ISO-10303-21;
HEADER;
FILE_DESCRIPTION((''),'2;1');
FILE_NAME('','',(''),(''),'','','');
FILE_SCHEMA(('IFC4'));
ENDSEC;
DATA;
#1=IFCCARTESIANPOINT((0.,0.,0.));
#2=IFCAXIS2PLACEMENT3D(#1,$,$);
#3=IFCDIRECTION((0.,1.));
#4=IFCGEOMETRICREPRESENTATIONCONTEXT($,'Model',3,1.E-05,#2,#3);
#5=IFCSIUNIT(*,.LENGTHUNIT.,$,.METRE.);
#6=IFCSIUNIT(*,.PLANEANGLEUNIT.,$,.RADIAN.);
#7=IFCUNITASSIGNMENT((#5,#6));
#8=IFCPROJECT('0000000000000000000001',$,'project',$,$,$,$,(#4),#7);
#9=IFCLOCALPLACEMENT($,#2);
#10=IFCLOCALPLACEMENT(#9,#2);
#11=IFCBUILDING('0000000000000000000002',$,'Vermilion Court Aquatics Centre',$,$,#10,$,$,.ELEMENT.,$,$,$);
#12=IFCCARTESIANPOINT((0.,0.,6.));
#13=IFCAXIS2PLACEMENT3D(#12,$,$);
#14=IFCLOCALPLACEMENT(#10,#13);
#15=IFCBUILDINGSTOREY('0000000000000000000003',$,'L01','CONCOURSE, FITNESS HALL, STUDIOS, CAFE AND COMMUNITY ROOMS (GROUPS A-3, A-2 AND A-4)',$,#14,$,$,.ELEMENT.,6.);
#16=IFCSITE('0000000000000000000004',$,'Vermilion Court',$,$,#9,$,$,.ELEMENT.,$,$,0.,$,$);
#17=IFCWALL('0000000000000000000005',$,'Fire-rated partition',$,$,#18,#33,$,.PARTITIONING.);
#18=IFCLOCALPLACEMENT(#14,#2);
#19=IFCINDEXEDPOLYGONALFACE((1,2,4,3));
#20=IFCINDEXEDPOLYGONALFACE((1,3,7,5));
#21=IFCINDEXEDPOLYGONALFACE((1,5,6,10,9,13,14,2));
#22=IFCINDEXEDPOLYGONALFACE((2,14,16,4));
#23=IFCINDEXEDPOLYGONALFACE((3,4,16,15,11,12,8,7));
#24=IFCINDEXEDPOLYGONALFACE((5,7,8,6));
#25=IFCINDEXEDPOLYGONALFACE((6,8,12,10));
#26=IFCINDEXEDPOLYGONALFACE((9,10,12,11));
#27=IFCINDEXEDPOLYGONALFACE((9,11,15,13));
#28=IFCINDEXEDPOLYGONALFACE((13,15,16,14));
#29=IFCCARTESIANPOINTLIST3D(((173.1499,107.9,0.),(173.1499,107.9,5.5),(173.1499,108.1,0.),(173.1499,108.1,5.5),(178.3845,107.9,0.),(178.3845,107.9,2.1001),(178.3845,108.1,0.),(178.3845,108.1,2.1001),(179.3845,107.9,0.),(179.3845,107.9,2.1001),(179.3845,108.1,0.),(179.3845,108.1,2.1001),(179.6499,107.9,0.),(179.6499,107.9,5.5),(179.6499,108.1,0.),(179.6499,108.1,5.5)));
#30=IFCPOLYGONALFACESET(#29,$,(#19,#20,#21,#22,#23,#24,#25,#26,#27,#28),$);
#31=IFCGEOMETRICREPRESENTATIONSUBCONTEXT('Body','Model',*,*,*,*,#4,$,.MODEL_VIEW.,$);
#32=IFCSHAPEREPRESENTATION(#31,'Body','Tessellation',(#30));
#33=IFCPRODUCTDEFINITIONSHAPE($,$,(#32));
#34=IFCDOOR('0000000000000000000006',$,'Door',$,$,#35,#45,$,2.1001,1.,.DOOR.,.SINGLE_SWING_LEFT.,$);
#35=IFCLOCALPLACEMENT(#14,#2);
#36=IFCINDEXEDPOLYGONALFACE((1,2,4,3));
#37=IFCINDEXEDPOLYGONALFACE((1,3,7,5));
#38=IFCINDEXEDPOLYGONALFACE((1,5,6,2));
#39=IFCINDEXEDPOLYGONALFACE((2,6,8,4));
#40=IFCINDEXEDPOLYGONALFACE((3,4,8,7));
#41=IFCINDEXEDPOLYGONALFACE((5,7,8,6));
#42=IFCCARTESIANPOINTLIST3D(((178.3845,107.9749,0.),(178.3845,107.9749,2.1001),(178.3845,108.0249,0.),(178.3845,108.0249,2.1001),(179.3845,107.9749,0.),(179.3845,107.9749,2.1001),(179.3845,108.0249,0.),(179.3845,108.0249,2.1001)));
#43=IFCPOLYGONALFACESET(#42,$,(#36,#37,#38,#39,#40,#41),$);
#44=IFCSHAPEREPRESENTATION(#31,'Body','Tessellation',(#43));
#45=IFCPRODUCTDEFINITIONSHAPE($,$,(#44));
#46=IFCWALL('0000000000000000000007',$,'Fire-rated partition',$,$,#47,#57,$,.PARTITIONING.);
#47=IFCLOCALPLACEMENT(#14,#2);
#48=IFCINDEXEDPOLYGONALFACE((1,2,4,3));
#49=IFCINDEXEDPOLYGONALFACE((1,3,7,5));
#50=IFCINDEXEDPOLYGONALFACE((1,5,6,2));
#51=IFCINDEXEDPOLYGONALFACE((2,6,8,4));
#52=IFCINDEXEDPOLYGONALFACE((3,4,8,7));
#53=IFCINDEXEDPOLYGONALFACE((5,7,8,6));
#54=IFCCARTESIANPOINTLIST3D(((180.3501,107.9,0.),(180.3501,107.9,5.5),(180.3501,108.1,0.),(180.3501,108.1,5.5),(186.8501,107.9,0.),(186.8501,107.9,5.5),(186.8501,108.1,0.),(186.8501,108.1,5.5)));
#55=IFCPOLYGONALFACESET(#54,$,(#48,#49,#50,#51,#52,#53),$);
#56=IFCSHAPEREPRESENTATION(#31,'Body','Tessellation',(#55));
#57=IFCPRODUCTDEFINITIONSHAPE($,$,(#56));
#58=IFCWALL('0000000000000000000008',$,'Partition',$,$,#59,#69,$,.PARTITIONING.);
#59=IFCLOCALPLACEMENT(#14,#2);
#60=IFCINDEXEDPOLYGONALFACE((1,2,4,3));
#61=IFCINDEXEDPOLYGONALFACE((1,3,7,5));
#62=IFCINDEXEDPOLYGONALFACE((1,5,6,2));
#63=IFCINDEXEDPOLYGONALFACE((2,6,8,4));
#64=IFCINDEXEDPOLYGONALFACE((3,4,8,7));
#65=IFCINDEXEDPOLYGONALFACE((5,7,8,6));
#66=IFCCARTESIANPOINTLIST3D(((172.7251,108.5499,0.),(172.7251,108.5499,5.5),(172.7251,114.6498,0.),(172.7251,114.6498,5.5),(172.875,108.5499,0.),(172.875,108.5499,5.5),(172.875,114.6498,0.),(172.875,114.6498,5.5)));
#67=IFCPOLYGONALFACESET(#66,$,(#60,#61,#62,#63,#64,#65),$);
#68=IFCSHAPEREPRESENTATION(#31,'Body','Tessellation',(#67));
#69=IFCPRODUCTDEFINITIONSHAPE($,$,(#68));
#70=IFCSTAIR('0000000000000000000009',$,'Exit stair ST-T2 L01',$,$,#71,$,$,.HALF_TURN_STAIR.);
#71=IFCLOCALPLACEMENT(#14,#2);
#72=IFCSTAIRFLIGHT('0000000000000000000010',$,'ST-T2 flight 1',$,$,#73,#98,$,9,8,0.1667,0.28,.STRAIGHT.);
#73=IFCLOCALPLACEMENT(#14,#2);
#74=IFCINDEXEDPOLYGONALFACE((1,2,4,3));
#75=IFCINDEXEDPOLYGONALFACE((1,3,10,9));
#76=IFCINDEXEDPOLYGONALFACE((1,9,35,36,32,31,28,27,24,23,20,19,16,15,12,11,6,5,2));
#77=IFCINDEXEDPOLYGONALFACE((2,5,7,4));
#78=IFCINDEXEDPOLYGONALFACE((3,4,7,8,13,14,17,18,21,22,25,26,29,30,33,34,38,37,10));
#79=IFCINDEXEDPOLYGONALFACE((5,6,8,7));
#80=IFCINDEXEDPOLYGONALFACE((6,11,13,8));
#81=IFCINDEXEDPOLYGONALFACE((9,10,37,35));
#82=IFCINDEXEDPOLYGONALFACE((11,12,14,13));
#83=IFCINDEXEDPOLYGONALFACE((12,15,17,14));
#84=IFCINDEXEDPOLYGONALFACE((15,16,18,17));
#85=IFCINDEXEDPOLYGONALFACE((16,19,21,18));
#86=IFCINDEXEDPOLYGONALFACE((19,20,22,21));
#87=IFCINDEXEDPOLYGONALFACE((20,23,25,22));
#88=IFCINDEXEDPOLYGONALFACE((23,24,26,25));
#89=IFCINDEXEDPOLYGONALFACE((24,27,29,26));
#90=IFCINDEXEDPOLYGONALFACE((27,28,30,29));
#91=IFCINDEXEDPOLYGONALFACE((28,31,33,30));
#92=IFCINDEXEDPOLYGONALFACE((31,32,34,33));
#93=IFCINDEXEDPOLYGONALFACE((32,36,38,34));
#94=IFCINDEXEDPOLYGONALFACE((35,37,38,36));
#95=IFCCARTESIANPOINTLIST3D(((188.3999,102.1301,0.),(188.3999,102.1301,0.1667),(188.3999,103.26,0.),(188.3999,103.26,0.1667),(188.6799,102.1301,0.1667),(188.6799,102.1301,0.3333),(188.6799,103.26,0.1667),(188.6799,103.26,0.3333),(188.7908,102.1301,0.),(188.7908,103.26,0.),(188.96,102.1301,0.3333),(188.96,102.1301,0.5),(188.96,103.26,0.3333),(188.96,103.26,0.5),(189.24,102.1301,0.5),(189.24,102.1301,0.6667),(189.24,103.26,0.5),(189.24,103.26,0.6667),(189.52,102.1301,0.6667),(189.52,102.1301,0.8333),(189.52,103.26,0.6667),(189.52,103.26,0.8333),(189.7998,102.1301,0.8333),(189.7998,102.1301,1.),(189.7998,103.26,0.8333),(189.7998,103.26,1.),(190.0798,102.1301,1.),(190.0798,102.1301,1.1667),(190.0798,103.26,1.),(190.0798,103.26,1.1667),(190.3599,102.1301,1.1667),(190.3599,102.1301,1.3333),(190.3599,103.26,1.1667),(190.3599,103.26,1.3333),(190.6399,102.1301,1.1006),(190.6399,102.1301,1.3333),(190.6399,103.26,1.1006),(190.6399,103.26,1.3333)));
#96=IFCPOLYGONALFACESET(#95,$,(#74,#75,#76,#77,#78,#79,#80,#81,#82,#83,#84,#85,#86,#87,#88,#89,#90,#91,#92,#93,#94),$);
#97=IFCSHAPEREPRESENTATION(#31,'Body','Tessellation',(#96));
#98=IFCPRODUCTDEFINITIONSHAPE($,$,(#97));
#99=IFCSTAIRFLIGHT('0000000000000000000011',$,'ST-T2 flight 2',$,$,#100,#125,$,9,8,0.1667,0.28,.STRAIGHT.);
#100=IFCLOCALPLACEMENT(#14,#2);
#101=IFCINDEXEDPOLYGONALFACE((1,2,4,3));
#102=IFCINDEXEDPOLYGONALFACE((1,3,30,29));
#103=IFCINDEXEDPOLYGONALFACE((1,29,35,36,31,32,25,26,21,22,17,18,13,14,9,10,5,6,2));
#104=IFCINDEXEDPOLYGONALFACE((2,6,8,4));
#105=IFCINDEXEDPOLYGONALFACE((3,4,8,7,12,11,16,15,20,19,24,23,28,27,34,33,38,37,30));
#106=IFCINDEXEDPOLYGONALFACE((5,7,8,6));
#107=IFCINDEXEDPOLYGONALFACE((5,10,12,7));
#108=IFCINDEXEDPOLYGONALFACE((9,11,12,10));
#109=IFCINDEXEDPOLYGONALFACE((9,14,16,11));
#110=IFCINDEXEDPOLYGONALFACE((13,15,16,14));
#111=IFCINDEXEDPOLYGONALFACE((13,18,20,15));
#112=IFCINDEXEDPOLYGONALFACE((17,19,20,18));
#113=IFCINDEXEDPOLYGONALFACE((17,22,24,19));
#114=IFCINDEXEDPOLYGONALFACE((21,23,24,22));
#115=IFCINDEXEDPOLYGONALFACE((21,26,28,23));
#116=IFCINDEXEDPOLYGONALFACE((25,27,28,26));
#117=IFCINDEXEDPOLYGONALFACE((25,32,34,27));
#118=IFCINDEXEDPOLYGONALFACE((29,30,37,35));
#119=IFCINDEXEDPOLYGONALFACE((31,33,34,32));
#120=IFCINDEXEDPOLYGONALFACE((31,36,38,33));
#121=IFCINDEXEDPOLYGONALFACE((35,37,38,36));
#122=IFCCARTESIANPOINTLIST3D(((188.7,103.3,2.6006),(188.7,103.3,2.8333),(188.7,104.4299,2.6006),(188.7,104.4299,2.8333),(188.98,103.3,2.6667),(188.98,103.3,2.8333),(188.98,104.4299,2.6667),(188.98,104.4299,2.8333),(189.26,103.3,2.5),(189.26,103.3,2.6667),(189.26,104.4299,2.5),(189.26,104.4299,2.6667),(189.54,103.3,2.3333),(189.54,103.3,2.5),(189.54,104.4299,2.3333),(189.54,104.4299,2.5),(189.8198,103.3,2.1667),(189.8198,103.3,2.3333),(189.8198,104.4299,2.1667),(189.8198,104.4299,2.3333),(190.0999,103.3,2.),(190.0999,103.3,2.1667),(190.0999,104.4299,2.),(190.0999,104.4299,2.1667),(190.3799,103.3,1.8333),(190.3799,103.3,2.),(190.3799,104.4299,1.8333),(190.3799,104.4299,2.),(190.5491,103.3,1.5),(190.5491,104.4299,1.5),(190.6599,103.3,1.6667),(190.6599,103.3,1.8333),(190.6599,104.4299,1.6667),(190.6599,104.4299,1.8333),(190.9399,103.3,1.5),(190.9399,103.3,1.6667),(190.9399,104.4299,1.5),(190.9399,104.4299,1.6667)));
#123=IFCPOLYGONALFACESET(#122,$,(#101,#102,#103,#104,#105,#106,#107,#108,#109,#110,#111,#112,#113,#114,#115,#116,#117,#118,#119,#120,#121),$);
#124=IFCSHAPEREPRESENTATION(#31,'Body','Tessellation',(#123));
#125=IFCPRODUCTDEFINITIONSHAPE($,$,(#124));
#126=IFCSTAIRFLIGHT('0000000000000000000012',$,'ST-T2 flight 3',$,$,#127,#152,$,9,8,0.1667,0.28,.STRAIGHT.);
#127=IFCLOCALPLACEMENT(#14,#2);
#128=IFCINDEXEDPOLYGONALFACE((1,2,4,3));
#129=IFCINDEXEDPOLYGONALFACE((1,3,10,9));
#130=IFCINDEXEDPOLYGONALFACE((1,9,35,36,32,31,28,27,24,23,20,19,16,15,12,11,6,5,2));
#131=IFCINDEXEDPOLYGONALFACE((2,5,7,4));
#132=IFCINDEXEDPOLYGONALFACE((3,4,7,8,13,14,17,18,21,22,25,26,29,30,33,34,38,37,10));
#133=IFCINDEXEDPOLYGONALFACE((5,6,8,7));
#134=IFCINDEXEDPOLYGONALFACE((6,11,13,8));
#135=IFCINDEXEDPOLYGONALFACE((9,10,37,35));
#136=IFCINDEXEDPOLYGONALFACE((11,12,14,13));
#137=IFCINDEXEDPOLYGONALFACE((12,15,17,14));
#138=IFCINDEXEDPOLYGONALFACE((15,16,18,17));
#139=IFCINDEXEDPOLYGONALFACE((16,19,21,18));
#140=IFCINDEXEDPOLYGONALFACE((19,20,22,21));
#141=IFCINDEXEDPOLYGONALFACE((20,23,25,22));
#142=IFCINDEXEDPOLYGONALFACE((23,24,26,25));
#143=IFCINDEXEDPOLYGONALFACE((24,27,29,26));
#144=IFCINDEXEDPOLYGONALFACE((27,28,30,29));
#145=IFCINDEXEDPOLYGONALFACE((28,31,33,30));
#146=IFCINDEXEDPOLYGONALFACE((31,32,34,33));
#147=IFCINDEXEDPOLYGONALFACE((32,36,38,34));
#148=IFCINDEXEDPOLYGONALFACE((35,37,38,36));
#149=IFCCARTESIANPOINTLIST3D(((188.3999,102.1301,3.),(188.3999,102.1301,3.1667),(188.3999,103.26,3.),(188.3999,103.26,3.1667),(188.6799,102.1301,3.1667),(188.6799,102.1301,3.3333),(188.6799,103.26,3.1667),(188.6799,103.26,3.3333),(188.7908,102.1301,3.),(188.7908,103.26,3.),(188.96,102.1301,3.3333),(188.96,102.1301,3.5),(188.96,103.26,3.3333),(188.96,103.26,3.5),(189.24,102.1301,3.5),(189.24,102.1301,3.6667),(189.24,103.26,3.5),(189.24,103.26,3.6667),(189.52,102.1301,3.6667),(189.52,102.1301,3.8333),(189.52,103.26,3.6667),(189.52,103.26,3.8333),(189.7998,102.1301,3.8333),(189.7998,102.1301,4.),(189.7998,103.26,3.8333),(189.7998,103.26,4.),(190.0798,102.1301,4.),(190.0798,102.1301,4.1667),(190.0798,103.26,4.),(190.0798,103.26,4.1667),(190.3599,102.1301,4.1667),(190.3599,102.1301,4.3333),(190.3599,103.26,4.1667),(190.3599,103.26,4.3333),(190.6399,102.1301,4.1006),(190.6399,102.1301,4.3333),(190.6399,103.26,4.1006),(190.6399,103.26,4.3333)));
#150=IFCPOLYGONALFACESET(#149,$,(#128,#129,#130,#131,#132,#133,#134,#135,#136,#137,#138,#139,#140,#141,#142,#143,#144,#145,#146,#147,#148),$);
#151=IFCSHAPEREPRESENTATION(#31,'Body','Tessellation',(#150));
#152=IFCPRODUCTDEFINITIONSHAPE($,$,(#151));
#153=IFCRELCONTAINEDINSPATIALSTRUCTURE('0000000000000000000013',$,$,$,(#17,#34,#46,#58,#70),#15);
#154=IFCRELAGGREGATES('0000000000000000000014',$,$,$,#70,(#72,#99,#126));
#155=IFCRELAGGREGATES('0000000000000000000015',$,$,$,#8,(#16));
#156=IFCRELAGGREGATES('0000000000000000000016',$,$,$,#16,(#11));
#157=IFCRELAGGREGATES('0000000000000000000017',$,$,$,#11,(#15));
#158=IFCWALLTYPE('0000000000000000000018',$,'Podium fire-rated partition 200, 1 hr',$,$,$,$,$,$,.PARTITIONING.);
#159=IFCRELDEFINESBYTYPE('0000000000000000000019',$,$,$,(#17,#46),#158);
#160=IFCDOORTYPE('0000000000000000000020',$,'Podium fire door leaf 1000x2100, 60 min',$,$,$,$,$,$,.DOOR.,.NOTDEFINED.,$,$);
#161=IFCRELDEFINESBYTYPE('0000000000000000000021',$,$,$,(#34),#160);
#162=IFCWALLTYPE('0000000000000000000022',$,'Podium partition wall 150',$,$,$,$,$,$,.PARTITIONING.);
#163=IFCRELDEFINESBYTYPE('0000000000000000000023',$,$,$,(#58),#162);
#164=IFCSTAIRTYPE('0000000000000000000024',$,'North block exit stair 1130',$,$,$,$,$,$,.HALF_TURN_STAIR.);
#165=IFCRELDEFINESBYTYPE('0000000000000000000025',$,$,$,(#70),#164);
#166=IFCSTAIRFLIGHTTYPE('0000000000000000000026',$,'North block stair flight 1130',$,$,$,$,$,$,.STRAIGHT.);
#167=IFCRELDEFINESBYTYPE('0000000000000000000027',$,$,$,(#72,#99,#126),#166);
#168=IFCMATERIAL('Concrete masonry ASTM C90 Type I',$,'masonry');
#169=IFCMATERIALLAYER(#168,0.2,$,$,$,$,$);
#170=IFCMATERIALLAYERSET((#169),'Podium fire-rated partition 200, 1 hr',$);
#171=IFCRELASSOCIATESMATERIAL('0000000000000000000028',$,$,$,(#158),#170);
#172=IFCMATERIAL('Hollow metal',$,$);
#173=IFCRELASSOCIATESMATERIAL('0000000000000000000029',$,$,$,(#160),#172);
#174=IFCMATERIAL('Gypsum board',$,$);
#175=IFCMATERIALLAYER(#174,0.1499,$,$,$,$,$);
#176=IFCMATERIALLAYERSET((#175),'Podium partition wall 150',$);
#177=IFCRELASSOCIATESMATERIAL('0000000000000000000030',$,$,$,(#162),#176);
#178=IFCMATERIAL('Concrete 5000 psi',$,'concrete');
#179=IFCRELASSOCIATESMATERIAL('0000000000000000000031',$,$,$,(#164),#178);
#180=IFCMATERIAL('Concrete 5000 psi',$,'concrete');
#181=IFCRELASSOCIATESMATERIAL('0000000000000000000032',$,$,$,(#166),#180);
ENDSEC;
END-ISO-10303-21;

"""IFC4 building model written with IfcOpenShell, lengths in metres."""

from ifc_helpers import new_model, si_unit, direction, frame, frame_2d, origin, place, context, subcontext, project, spatial, polyline, rectangle, outline, extrude, material, layer, layer_set, type_object, element, fill, aggregate, save


model = new_model("IFC4")

# Units and contexts
model_context = context("Model", 3, precision=1e-05, world=origin(), true_north=direction((0.0, 1.0)))
body_context = subcontext(model_context, "Body", "Model", "MODEL_VIEW")
ifc_project = project(units=[si_unit("LENGTHUNIT", "METRE"), si_unit("PLANEANGLEUNIT", "RADIAN")], contexts=[model_context])

# Site, building, storey
site_placement = place(None, origin())
site = spatial("IfcSite", under=ifc_project, at=site_placement, Name="Vermilion Court", CompositionType="ELEMENT", RefElevation=0.0)
building_placement = place(site_placement, origin())
building = spatial("IfcBuilding", under=site, at=building_placement, Name="Vermilion Court Aquatics Centre", CompositionType="ELEMENT")
storey_placement = place(building_placement, frame((0.0, 0.0, 6.0)))
storey = spatial("IfcBuildingStorey", under=building, at=storey_placement, Name="L01", Description="CONCOURSE, FITNESS HALL, STUDIOS, CAFE AND COMMUNITY ROOMS (GROUPS A-3, A-2 AND A-4)", CompositionType="ELEMENT", Elevation=6.0)

# Wall, opening, door
ifc_material_1 = material(Name="Concrete masonry ASTM C90 Type I", Category="masonry")
ifc_layer_1 = layer(ifc_material_1, 0.2)
ifc_layer_set_1 = layer_set([ifc_layer_1], Name="Podium fire-rated partition 200, 1 hr")
wall_type_1 = type_object("IfcWallType", Name="Podium fire-rated partition 200, 1 hr", PredefinedType="PARTITIONING", material=ifc_layer_set_1)
wall_1_placement = place(storey_placement, frame((173.1499, 108.0, 0.0), z_axis=(0.0, 0.0, 1.0), x_axis=(1.0, 0.0, 0.0)))
wall_1 = element("IfcWall", 1, at=wall_1_placement, inside=storey, type_object=wall_type_1, Name="Fire-rated partition", PredefinedType="PARTITIONING", context=body_context, shape_type="SweptSolid", body=[
    extrude(rectangle(XDim=6.5, YDim=0.2, at=frame_2d((3.25, 0.0))), origin(), (0.0, 0.0, 1.0), 5.5),
])
opening_1_placement = place(wall_1_placement, frame((5.2346, 0.0, 0.0)))
opening_1 = element("IfcOpeningElement", 2, at=opening_1_placement, cuts=wall_1, PredefinedType="OPENING", context=body_context, shape_type="SweptSolid", body=[
    extrude(rectangle(XDim=1.0, YDim=2.1001, at=frame_2d((0.5, 1.05))), frame((0.0, 0.1099, 0.0), z_axis=(0.0, -1.0, 0.0), x_axis=(1.0, 0.0, 0.0)), (0.0, 0.0, 1.0), 0.22),
])
ifc_material_2 = material(Name="Hollow metal")
door_type_1 = type_object("IfcDoorType", Name="Podium fire door leaf 1000x2100, 60 min", OperationType="NOTDEFINED", PredefinedType="DOOR", material=ifc_material_2)
door_1_placement = place(opening_1_placement, frame((1.0, 0.0, 0.0), z_axis=(0.0, 0.0, 1.0), x_axis=(-1.0, 0.0, 0.0)))
door_1 = element("IfcDoor", 3, at=door_1_placement, inside=storey, type_object=door_type_1, Name="Door", OperationType="SINGLE_SWING_LEFT", OverallHeight=2.1001, OverallWidth=1.0, PredefinedType="DOOR", context=body_context, shape_type="SweptSolid", body=[
    extrude(rectangle(XDim=1.0, YDim=2.1001, at=frame_2d((0.5, 1.05))), frame((0.0, 0.0251, 0.0), z_axis=(0.0, -1.0, 0.0), x_axis=(1.0, 0.0, 0.0)), (0.0, 0.0, 1.0), 0.05),
])
fill(opening_1, door_1)

# Walls
wall_2_placement = place(storey_placement, frame((180.3501, 108.0, 0.0), z_axis=(0.0, 0.0, 1.0), x_axis=(1.0, 0.0, 0.0)))
element("IfcWall", 4, at=wall_2_placement, inside=storey, type_object=wall_type_1, Name="Fire-rated partition", PredefinedType="PARTITIONING", context=body_context, shape_type="SweptSolid", body=[
    extrude(rectangle(XDim=6.5, YDim=0.2, at=frame_2d((3.25, 0.0))), origin(), (0.0, 0.0, 1.0), 5.5),
])
ifc_material_3 = material(Name="Gypsum board")
ifc_layer_2 = layer(ifc_material_3, 0.1499)
ifc_layer_set_2 = layer_set([ifc_layer_2], Name="Podium partition wall 150")
wall_type_2 = type_object("IfcWallType", Name="Podium partition wall 150", PredefinedType="PARTITIONING", material=ifc_layer_set_2)
wall_3_placement = place(storey_placement, frame((172.8, 108.55, 0.0), z_axis=(0.0, 0.0, 1.0), x_axis=(0.0, 1.0, 0.0)))
element("IfcWall", 5, at=wall_3_placement, inside=storey, type_object=wall_type_2, Name="Partition", PredefinedType="PARTITIONING", context=body_context, shape_type="SweptSolid", body=[
    extrude(rectangle(XDim=6.0999, YDim=0.1499, at=frame_2d((3.0498, 0.0))), origin(), (0.0, 0.0, 1.0), 5.5),
])

# Stair, stair flights
ifc_material_4 = material(Name="Concrete 5000 psi", Category="concrete")
stair_type = type_object("IfcStairType", Name="North block exit stair 1130", PredefinedType="HALF_TURN_STAIR", material=ifc_material_4)
stair_placement = place(storey_placement, origin())
stair = element("IfcStair", 6, at=stair_placement, inside=storey, type_object=stair_type, Name="Exit stair ST-T2 L01", PredefinedType="HALF_TURN_STAIR")
ifc_material_5 = material(Name="Concrete 5000 psi", Category="concrete")
stair_flight_type = type_object("IfcStairFlightType", Name="North block stair flight 1130", PredefinedType="STRAIGHT", material=ifc_material_5)
stair_flight_1_placement = place(storey_placement, frame((188.3999, 102.6951, 0.0), z_axis=(0.0, 0.0, 1.0), x_axis=(1.0, 0.0, 0.0)))
stair_flight_1 = element("IfcStairFlight", 7, at=stair_flight_1_placement, type_object=stair_flight_type, Name="ST-T2 flight 1", NumberOfRisers=9, NumberOfTreads=8, PredefinedType="STRAIGHT", RiserHeight=0.1667, TreadLength=0.28, context=body_context, shape_type="SweptSolid", body=[
    extrude(outline(polyline([(0.0, 0.0), (0.0, 0.1667), (0.28, 0.1667), (0.28, 0.3333), (0.5601, 0.3333), (0.5601, 0.5), (0.8401, 0.5), (0.8401, 0.6667), (1.1201, 0.6667), (1.1201, 0.8333), (1.3999, 0.8333), (1.3999, 1.0), (1.6799, 1.0), (1.6799, 1.1667), (1.96, 1.1667), (1.96, 1.3333), (2.24, 1.3333), (2.24, 1.5), (2.24, 1.1006), (0.3909, 0.0), (0.0, 0.0)])), frame((0.0, 0.5649, 0.0), z_axis=(0.0, -1.0, 0.0), x_axis=(1.0, 0.0, 0.0)), (0.0, 0.0, 1.0), 1.1299),
])
stair_flight_2_placement = place(storey_placement, frame((190.9399, 103.865, 1.5), z_axis=(0.0, 0.0, 1.0), x_axis=(-1.0, 0.0, 0.0)))
stair_flight_2 = element("IfcStairFlight", 8, at=stair_flight_2_placement, type_object=stair_flight_type, Name="ST-T2 flight 2", NumberOfRisers=9, NumberOfTreads=8, PredefinedType="STRAIGHT", RiserHeight=0.1667, TreadLength=0.28, context=body_context, shape_type="SweptSolid", body=[
    extrude(outline(polyline([(0.0, 0.0), (0.0, 0.1667), (0.28, 0.1667), (0.28, 0.3333), (0.5601, 0.3333), (0.5601, 0.5), (0.8401, 0.5), (0.8401, 0.6667), (1.1201, 0.6667), (1.1201, 0.8333), (1.3999, 0.8333), (1.3999, 1.0), (1.6799, 1.0), (1.6799, 1.1667), (1.96, 1.1667), (1.96, 1.3333), (2.24, 1.3333), (2.24, 1.5), (2.24, 1.1006), (0.3909, 0.0), (0.0, 0.0)])), frame((0.0, 0.5649, 0.0), z_axis=(0.0, -1.0, 0.0), x_axis=(1.0, 0.0, 0.0)), (0.0, 0.0, 1.0), 1.1299),
])
stair_flight_3_placement = place(storey_placement, frame((188.3999, 102.6951, 3.0), z_axis=(0.0, 0.0, 1.0), x_axis=(1.0, 0.0, 0.0)))
stair_flight_3 = element("IfcStairFlight", 9, at=stair_flight_3_placement, type_object=stair_flight_type, Name="ST-T2 flight 3", NumberOfRisers=9, NumberOfTreads=8, PredefinedType="STRAIGHT", RiserHeight=0.1667, TreadLength=0.28, context=body_context, shape_type="SweptSolid", body=[
    extrude(outline(polyline([(0.0, 0.0), (0.0, 0.1667), (0.28, 0.1667), (0.28, 0.3333), (0.5601, 0.3333), (0.5601, 0.5), (0.8401, 0.5), (0.8401, 0.6667), (1.1201, 0.6667), (1.1201, 0.8333), (1.3999, 0.8333), (1.3999, 1.0), (1.6799, 1.0), (1.6799, 1.1667), (1.96, 1.1667), (1.96, 1.3333), (2.24, 1.3333), (2.24, 1.5), (2.24, 1.1006), (0.3909, 0.0), (0.0, 0.0)])), frame((0.0, 0.5649, 0.0), z_axis=(0.0, -1.0, 0.0), x_axis=(1.0, 0.0, 0.0)), (0.0, 0.0, 1.0), 1.1299),
])
aggregate(stair, [stair_flight_1, stair_flight_2, stair_flight_3])

save(model, "model.ifc")
